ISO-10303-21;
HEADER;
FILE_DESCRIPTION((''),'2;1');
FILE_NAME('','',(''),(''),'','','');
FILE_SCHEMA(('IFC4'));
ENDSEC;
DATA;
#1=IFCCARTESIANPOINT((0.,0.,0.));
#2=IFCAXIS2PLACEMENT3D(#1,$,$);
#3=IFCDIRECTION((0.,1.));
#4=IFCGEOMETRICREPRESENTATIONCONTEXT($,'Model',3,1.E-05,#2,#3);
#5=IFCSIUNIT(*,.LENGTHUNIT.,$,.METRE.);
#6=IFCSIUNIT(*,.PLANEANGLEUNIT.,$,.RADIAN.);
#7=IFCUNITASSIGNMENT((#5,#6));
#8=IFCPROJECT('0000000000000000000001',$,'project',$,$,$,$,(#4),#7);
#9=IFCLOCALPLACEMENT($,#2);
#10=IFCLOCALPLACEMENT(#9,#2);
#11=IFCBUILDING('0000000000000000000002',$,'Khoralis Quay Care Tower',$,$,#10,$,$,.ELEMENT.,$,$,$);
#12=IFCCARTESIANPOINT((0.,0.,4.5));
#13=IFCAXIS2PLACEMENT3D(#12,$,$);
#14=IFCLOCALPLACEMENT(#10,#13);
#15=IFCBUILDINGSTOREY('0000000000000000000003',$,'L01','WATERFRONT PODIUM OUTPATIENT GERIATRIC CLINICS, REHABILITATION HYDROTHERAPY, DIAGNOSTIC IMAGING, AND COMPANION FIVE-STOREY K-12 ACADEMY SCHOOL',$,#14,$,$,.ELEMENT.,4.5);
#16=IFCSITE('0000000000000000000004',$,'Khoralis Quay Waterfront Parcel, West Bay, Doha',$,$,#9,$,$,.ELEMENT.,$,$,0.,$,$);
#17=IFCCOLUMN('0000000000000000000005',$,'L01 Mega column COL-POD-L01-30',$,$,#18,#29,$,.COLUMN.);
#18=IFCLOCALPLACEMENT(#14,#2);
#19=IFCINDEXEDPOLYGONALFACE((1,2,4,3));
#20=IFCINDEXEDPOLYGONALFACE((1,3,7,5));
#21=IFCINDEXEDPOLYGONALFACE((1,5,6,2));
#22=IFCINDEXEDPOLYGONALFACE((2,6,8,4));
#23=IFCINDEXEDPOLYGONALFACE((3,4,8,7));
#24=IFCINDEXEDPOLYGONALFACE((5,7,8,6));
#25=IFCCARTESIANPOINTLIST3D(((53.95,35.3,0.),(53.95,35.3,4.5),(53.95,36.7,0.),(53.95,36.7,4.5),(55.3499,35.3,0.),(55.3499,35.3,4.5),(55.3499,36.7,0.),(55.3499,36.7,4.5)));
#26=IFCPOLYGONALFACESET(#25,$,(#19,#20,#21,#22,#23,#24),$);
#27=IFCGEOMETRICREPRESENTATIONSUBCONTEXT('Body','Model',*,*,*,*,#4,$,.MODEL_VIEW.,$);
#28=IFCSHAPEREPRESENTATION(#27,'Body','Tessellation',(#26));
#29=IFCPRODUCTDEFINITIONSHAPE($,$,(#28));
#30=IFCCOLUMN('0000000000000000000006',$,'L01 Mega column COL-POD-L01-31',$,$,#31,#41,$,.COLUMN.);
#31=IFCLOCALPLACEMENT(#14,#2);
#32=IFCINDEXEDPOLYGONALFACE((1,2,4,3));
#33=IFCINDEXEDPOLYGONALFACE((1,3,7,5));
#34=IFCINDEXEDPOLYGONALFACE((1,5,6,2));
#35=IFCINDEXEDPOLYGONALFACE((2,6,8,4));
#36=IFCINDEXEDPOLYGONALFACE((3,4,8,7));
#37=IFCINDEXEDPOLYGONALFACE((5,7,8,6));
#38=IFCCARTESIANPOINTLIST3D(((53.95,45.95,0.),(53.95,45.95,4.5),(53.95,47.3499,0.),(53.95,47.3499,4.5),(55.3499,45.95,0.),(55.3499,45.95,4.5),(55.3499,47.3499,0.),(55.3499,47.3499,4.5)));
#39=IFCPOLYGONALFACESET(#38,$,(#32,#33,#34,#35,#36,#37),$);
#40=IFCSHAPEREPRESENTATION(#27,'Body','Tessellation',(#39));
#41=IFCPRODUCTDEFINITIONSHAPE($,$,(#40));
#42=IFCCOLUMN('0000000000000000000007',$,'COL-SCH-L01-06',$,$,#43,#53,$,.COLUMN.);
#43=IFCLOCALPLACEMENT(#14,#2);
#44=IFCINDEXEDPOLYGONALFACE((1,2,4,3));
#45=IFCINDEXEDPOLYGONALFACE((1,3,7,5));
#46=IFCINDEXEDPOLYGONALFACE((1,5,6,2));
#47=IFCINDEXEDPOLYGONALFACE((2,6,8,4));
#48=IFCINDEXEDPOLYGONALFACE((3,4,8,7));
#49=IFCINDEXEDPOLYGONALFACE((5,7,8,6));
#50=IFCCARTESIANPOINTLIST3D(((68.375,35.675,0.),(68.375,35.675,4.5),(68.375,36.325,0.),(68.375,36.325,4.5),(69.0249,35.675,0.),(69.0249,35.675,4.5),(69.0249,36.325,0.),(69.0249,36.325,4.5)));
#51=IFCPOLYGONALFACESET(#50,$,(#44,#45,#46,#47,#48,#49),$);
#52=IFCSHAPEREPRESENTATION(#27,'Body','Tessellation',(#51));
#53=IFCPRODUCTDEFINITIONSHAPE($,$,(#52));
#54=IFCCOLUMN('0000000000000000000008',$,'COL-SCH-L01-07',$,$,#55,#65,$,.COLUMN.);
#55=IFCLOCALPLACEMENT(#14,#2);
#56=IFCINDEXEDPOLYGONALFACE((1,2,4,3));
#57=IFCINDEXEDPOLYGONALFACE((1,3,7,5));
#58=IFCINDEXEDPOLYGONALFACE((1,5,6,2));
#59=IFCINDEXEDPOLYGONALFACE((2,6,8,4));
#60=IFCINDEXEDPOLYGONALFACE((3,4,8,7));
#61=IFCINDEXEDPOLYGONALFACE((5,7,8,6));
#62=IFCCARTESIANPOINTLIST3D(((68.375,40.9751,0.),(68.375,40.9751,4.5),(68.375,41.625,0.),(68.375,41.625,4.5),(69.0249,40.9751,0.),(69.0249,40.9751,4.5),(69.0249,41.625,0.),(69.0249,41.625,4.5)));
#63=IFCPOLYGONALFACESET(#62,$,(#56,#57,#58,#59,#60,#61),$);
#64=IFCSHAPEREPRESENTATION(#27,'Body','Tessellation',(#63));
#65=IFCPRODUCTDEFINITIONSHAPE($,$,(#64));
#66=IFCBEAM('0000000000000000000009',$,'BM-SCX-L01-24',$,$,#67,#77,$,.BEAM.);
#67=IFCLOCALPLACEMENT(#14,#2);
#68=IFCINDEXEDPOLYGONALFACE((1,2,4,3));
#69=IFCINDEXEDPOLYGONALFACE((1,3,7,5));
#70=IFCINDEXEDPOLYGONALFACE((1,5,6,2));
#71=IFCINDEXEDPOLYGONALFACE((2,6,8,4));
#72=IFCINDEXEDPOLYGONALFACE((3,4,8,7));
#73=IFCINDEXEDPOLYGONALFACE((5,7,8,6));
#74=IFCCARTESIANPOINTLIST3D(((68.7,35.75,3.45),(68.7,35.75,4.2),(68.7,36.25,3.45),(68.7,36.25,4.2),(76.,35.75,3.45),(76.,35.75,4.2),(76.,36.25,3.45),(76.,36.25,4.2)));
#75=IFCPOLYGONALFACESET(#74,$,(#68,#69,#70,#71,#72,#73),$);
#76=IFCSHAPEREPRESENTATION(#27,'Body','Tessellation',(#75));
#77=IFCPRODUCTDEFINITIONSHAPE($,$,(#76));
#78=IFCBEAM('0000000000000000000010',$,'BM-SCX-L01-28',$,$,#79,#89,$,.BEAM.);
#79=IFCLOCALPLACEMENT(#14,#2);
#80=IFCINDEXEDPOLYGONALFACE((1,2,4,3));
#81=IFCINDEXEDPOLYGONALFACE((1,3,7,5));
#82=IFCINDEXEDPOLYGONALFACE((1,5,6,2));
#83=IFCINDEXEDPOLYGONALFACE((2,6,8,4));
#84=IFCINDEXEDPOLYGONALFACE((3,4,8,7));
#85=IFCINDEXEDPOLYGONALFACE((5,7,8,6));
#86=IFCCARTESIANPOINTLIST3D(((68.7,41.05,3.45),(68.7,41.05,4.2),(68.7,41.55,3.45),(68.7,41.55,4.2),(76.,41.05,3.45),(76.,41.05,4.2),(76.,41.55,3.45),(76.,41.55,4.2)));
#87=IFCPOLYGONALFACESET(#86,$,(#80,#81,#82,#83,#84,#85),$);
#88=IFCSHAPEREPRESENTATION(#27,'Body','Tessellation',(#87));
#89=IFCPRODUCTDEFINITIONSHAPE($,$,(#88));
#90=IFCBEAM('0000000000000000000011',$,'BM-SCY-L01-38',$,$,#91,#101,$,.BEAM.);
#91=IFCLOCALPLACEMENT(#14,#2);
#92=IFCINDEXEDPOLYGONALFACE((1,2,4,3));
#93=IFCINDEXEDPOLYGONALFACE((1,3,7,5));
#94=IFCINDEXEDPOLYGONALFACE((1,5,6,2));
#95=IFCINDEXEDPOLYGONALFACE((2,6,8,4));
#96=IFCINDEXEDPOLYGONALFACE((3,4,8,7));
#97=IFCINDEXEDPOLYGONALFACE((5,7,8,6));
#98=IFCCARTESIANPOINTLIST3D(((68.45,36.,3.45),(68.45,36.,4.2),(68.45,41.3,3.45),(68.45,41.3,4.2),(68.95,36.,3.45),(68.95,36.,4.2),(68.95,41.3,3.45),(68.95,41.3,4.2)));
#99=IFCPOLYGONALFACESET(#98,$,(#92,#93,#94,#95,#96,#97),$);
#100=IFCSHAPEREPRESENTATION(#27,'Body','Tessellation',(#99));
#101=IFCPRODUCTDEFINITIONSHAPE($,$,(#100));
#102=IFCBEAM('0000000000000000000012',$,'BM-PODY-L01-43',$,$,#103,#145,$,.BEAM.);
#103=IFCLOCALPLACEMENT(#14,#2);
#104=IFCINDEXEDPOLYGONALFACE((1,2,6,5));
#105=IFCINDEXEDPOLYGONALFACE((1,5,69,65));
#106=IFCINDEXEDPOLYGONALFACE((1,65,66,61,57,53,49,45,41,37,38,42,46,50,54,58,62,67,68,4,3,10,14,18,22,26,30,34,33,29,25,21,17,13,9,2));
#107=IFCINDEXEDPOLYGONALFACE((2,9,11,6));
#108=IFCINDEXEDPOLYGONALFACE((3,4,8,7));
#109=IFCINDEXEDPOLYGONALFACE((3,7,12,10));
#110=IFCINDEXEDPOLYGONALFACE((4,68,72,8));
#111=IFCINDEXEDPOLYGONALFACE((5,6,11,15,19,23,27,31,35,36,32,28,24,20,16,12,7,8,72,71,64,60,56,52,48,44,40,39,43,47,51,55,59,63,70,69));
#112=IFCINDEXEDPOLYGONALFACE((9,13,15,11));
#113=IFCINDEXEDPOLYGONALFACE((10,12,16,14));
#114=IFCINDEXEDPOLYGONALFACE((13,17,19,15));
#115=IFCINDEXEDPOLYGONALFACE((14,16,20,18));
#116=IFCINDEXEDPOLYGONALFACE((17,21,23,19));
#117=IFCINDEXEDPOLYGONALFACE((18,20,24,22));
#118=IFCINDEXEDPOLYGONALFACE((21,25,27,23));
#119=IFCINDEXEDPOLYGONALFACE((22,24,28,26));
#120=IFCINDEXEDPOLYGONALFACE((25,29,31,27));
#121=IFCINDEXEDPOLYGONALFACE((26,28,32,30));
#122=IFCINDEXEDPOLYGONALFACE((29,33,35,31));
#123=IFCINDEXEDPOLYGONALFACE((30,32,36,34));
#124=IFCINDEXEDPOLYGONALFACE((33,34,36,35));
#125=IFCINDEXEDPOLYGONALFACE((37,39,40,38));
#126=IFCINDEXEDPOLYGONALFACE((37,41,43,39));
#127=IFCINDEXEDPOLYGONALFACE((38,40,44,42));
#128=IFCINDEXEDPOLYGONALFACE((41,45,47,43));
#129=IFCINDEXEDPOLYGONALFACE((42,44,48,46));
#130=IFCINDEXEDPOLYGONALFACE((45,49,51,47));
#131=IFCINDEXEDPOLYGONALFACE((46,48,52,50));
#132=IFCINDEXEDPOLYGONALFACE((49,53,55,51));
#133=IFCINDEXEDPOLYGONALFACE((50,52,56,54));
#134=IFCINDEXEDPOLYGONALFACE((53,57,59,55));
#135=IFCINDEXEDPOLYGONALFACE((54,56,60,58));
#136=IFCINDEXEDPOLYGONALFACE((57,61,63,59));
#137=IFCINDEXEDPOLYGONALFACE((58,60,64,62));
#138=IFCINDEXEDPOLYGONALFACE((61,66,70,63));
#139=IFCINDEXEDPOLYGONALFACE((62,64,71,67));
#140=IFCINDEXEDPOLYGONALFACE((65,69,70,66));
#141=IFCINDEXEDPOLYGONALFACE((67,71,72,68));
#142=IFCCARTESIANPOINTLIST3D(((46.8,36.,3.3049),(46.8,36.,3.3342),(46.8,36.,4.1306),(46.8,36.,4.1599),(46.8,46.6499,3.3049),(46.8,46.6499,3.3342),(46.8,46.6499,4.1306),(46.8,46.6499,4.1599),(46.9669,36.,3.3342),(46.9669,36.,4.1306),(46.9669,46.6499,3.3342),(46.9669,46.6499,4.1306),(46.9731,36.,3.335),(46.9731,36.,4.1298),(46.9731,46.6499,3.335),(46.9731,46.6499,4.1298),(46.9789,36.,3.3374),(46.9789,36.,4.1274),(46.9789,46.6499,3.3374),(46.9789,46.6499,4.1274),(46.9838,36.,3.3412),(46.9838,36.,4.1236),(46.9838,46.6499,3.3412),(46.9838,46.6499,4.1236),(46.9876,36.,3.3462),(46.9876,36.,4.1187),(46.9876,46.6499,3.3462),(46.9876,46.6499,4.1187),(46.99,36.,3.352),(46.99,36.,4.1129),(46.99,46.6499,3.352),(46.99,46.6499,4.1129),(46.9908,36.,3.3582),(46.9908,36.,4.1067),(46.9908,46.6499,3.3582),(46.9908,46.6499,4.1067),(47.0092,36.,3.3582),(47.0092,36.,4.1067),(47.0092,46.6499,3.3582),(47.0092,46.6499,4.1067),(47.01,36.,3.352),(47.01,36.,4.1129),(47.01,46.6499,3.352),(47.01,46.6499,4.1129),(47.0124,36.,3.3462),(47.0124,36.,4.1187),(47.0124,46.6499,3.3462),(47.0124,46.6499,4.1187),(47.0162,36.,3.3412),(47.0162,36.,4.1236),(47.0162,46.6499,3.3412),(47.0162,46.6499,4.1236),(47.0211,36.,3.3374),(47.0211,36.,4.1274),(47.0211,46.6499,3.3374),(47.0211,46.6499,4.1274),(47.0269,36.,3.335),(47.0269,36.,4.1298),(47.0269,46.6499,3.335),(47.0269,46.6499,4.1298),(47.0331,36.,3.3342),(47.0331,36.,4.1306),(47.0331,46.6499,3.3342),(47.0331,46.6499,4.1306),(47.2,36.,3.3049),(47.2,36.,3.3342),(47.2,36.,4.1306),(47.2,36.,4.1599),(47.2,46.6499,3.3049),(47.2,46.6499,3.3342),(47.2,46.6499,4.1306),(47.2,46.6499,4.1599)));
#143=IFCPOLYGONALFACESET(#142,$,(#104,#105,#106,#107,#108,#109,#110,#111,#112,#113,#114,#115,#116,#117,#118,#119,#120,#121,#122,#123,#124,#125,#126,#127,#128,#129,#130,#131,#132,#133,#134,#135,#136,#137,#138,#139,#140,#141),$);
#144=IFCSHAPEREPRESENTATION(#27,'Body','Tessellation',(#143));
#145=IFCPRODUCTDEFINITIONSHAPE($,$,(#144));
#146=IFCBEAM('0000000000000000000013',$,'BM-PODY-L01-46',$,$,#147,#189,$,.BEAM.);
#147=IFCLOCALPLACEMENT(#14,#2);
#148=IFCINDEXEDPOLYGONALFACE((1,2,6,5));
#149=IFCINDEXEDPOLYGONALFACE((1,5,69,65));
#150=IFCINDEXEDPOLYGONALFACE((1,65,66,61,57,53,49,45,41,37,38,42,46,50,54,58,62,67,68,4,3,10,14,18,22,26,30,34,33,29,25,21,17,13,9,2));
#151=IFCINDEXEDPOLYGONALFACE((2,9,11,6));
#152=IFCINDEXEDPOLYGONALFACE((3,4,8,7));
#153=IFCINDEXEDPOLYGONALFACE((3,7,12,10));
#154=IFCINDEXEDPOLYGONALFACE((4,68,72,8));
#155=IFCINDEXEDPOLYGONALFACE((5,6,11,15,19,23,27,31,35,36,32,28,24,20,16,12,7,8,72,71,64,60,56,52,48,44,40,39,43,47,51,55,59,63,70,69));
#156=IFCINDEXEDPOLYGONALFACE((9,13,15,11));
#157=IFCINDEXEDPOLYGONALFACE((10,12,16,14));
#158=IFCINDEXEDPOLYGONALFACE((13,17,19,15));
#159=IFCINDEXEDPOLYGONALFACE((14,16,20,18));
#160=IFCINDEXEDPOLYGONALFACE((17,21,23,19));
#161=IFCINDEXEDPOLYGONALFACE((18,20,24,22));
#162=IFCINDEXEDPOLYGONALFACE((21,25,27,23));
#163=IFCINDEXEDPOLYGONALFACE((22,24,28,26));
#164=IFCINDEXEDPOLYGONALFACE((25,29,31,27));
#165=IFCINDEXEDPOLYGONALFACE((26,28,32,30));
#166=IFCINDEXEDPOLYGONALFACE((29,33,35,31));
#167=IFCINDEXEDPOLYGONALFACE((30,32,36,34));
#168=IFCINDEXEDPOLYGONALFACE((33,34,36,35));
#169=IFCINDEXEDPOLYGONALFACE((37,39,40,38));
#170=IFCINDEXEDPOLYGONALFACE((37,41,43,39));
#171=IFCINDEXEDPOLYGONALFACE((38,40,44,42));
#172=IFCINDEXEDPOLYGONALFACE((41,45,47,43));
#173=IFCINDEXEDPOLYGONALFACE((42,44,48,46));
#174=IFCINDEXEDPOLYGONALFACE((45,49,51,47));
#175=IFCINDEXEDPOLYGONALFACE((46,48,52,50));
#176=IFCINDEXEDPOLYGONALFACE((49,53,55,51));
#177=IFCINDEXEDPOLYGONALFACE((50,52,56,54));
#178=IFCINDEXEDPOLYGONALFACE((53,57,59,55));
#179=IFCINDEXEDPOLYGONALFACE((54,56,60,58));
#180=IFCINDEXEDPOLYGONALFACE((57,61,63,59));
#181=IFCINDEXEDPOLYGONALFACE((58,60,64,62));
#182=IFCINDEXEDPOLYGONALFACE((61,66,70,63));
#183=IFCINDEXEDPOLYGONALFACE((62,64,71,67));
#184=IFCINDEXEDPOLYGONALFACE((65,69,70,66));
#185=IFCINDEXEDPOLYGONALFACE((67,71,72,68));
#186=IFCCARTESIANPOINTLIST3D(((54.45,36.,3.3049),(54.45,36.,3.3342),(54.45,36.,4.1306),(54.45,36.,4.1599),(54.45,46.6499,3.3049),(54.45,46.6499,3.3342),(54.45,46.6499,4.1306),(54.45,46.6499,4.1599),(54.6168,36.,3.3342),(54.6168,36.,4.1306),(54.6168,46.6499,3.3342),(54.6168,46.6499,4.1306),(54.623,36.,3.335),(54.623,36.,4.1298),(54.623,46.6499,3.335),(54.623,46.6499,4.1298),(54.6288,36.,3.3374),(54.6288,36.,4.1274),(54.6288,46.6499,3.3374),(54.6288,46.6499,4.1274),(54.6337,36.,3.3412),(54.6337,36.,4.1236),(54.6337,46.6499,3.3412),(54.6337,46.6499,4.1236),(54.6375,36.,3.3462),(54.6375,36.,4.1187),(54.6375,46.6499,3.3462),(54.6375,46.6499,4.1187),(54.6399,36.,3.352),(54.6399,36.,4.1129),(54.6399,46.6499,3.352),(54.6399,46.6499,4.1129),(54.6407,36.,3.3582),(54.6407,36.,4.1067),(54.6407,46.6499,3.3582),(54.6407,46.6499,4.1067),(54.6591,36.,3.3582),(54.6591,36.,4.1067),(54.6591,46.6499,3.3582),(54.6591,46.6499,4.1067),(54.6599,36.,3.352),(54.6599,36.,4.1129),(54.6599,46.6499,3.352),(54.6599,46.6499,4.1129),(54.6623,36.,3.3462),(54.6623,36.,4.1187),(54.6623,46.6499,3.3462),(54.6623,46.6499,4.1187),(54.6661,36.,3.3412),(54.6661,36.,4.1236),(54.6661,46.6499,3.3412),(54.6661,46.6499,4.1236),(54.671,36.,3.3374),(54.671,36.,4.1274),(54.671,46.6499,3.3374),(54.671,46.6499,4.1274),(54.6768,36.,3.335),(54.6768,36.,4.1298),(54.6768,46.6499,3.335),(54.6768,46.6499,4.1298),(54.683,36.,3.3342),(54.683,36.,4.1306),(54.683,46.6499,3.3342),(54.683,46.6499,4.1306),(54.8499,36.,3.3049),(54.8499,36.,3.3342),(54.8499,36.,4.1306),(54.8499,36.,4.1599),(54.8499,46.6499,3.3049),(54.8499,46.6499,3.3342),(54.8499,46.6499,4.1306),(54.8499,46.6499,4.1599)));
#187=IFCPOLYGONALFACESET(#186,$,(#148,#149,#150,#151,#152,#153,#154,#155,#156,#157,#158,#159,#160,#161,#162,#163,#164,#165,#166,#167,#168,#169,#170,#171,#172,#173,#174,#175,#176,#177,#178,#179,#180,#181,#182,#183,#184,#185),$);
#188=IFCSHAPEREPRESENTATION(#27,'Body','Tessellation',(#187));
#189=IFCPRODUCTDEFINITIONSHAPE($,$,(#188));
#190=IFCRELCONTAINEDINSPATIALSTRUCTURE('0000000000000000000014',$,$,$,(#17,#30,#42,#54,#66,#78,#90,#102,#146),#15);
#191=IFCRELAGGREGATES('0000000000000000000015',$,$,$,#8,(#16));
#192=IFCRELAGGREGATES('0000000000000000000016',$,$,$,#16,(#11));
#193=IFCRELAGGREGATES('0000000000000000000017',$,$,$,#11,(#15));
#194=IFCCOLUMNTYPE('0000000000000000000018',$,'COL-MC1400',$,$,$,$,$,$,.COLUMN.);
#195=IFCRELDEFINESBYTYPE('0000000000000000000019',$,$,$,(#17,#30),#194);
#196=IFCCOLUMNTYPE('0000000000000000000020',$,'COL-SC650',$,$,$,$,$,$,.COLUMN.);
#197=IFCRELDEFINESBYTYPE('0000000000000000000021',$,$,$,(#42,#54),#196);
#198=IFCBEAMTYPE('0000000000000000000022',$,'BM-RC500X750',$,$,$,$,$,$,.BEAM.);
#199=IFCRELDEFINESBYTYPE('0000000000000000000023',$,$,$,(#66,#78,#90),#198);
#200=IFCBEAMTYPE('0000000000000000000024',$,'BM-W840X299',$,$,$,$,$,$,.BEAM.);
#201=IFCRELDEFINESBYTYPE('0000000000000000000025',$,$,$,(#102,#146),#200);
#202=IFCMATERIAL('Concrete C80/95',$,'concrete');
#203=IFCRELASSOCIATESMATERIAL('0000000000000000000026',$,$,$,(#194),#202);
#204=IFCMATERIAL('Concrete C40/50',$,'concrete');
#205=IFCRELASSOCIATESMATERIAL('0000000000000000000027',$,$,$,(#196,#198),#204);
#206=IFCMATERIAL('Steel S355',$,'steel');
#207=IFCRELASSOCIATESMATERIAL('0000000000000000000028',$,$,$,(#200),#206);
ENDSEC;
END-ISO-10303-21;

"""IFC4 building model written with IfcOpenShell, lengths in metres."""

from ifc_helpers import new_model, si_unit, direction, frame, origin, origin_2d, place, context, subcontext, project, spatial, rectangle, i_section, extrude, source, transform, mapped, material, material_profile, profile_set, type_object, element, save


model = new_model("IFC4")

# Units and contexts
model_context = context("Model", 3, precision=1e-05, world=origin(), true_north=direction((0.0, 1.0)))
body_context = subcontext(model_context, "Body", "Model", "MODEL_VIEW")
ifc_project = project(units=[si_unit("LENGTHUNIT", "METRE"), si_unit("PLANEANGLEUNIT", "RADIAN")], contexts=[model_context])

# Site, building, storey
site_placement = place(None, origin())
site = spatial("IfcSite", under=ifc_project, at=site_placement, Name="Khoralis Quay Waterfront Parcel, West Bay, Doha", CompositionType="ELEMENT", RefElevation=0.0)
building_placement = place(site_placement, origin())
building = spatial("IfcBuilding", under=site, at=building_placement, Name="Khoralis Quay Care Tower", CompositionType="ELEMENT")
storey_placement = place(building_placement, frame((0.0, 0.0, 4.5)))
storey = spatial("IfcBuildingStorey", under=building, at=storey_placement, Name="L01", Description="WATERFRONT PODIUM OUTPATIENT GERIATRIC CLINICS, REHABILITATION HYDROTHERAPY, DIAGNOSTIC IMAGING, AND COMPANION FIVE-STOREY K-12 ACADEMY SCHOOL", CompositionType="ELEMENT", Elevation=4.5)

# Columns
ifc_material_1 = material(Name="Concrete C80/95", Category="concrete")
ifc_material_profile_1 = material_profile(ifc_material_1, rectangle(XDim=1.3999, YDim=1.3999, at=origin_2d()), Name="Concrete C80/95")
ifc_profile_set_1 = profile_set([ifc_material_profile_1], Name="Concrete C80/95")
column_type_1 = type_object("IfcColumnType", Name="COL-MC1400", PredefinedType="COLUMN", material=ifc_profile_set_1)
shared_shape_1 = source(origin(), body_context, "Body", "SweptSolid", [
    extrude(rectangle(XDim=1.3999, YDim=1.3999, at=origin_2d()), origin(), (0.0, 0.0, 1.0), 4.5),
])
for number, where, z_axis, x_axis, name in (
    (1, (54.6499, 36.0, 0.0), (0.0, 0.0, 1.0), (1.0, 0.0, 0.0), "L01 Mega column COL-POD-L01-30"),
    (2, (54.6499, 46.6499, 0.0), (0.0, 0.0, 1.0), (1.0, 0.0, 0.0), "L01 Mega column COL-POD-L01-31"),
):
    element("IfcColumn", number, at=place(storey_placement, frame(where, z_axis=z_axis, x_axis=x_axis)), inside=storey, type_object=column_type_1, Name=name, PredefinedType="COLUMN", context=body_context, shape_type="MappedRepresentation", body=[
        mapped(shared_shape_1, transform((0.0, 0.0, 0.0), scale=1.0)),
    ])
ifc_material_2 = material(Name="Concrete C40/50", Category="concrete")
ifc_material_profile_2 = material_profile(ifc_material_2, rectangle(XDim=0.6499, YDim=0.6499, at=origin_2d()), Name="Concrete C40/50")
ifc_profile_set_2 = profile_set([ifc_material_profile_2], Name="Concrete C40/50")
column_type_2 = type_object("IfcColumnType", Name="COL-SC650", PredefinedType="COLUMN", material=ifc_profile_set_2)
shared_shape_2 = source(origin(), body_context, "Body", "SweptSolid", [
    extrude(rectangle(XDim=0.6499, YDim=0.6499, at=origin_2d()), origin(), (0.0, 0.0, 1.0), 4.5),
])
for number, where, z_axis, x_axis, name in (
    (3, (68.7, 36.0, 0.0), (0.0, 0.0, 1.0), (1.0, 0.0, 0.0), "COL-SCH-L01-06"),
    (4, (68.7, 41.3, 0.0), (0.0, 0.0, 1.0), (1.0, 0.0, 0.0), "COL-SCH-L01-07"),
):
    element("IfcColumn", number, at=place(storey_placement, frame(where, z_axis=z_axis, x_axis=x_axis)), inside=storey, type_object=column_type_2, Name=name, PredefinedType="COLUMN", context=body_context, shape_type="MappedRepresentation", body=[
        mapped(shared_shape_2, transform((0.0, 0.0, 0.0), scale=1.0)),
    ])

# Beams
ifc_material_profile_3 = material_profile(ifc_material_2, rectangle(XDim=0.5, YDim=0.75, at=origin_2d()), Name="Concrete C40/50")
ifc_profile_set_3 = profile_set([ifc_material_profile_3], Name="Concrete C40/50")
beam_type_1 = type_object("IfcBeamType", Name="BM-RC500X750", PredefinedType="BEAM", material=ifc_profile_set_3)
shared_shape_3 = source(origin(), body_context, "Body", "SweptSolid", [
    extrude(rectangle(XDim=0.5, YDim=0.75, at=origin_2d()), origin(), (0.0, 0.0, 1.0), 7.3),
])
for number, where, z_axis, x_axis, name in (
    (5, (68.7, 36.0, 3.825), (1.0, 0.0, 0.0), (0.0, 1.0, 0.0), "BM-SCX-L01-24"),
    (6, (68.7, 41.3, 3.825), (1.0, 0.0, 0.0), (0.0, 1.0, 0.0), "BM-SCX-L01-28"),
):
    element("IfcBeam", number, at=place(storey_placement, frame(where, z_axis=z_axis, x_axis=x_axis)), inside=storey, type_object=beam_type_1, Name=name, PredefinedType="BEAM", context=body_context, shape_type="MappedRepresentation", body=[
        mapped(shared_shape_3, transform((0.0, 0.0, 0.0), scale=1.0)),
    ])
shared_shape_4 = source(origin(), body_context, "Body", "SweptSolid", [
    extrude(rectangle(XDim=0.5, YDim=0.75, at=origin_2d()), origin(), (0.0, 0.0, 1.0), 5.3),
])
beam_1_placement = place(storey_placement, frame((68.7, 36.0, 3.825), z_axis=(0.0, 1.0, 0.0), x_axis=(-1.0, 0.0, 0.0)))
element("IfcBeam", 7, at=beam_1_placement, inside=storey, type_object=beam_type_1, Name="BM-SCY-L01-38", PredefinedType="BEAM", context=body_context, shape_type="MappedRepresentation", body=[
    mapped(shared_shape_4, transform((0.0, 0.0, 0.0), scale=1.0)),
])
ifc_material_3 = material(Name="Steel S355", Category="steel")
ifc_material_profile_4 = material_profile(ifc_material_3, i_section(OverallWidth=0.3999, OverallDepth=0.855, WebThickness=0.0183, FlangeThickness=0.0293, FilletRadius=0.0239, at=origin_2d()), Name="Steel S355")
ifc_profile_set_4 = profile_set([ifc_material_profile_4], Name="Steel S355")
beam_type_2 = type_object("IfcBeamType", Name="BM-W840X299", PredefinedType="BEAM", material=ifc_profile_set_4)
shared_shape_5 = source(origin(), body_context, "Body", "SweptSolid", [
    extrude(i_section(OverallWidth=0.3999, OverallDepth=0.855, WebThickness=0.0183, FlangeThickness=0.0293, FilletRadius=0.0239, at=origin_2d()), origin(), (0.0, 0.0, 1.0), 10.6499),
])
for number, where, z_axis, x_axis, name in (
    (8, (47.0, 36.0, 3.7324), (0.0, 1.0, 0.0), (-1.0, 0.0, 0.0), "BM-PODY-L01-43"),
    (9, (54.6499, 36.0, 3.7324), (0.0, 1.0, 0.0), (-1.0, 0.0, 0.0), "BM-PODY-L01-46"),
):
    element("IfcBeam", number, at=place(storey_placement, frame(where, z_axis=z_axis, x_axis=x_axis)), inside=storey, type_object=beam_type_2, Name=name, PredefinedType="BEAM", context=body_context, shape_type="MappedRepresentation", body=[
        mapped(shared_shape_5, transform((0.0, 0.0, 0.0), scale=1.0)),
    ])

save(model, "model.ifc")
